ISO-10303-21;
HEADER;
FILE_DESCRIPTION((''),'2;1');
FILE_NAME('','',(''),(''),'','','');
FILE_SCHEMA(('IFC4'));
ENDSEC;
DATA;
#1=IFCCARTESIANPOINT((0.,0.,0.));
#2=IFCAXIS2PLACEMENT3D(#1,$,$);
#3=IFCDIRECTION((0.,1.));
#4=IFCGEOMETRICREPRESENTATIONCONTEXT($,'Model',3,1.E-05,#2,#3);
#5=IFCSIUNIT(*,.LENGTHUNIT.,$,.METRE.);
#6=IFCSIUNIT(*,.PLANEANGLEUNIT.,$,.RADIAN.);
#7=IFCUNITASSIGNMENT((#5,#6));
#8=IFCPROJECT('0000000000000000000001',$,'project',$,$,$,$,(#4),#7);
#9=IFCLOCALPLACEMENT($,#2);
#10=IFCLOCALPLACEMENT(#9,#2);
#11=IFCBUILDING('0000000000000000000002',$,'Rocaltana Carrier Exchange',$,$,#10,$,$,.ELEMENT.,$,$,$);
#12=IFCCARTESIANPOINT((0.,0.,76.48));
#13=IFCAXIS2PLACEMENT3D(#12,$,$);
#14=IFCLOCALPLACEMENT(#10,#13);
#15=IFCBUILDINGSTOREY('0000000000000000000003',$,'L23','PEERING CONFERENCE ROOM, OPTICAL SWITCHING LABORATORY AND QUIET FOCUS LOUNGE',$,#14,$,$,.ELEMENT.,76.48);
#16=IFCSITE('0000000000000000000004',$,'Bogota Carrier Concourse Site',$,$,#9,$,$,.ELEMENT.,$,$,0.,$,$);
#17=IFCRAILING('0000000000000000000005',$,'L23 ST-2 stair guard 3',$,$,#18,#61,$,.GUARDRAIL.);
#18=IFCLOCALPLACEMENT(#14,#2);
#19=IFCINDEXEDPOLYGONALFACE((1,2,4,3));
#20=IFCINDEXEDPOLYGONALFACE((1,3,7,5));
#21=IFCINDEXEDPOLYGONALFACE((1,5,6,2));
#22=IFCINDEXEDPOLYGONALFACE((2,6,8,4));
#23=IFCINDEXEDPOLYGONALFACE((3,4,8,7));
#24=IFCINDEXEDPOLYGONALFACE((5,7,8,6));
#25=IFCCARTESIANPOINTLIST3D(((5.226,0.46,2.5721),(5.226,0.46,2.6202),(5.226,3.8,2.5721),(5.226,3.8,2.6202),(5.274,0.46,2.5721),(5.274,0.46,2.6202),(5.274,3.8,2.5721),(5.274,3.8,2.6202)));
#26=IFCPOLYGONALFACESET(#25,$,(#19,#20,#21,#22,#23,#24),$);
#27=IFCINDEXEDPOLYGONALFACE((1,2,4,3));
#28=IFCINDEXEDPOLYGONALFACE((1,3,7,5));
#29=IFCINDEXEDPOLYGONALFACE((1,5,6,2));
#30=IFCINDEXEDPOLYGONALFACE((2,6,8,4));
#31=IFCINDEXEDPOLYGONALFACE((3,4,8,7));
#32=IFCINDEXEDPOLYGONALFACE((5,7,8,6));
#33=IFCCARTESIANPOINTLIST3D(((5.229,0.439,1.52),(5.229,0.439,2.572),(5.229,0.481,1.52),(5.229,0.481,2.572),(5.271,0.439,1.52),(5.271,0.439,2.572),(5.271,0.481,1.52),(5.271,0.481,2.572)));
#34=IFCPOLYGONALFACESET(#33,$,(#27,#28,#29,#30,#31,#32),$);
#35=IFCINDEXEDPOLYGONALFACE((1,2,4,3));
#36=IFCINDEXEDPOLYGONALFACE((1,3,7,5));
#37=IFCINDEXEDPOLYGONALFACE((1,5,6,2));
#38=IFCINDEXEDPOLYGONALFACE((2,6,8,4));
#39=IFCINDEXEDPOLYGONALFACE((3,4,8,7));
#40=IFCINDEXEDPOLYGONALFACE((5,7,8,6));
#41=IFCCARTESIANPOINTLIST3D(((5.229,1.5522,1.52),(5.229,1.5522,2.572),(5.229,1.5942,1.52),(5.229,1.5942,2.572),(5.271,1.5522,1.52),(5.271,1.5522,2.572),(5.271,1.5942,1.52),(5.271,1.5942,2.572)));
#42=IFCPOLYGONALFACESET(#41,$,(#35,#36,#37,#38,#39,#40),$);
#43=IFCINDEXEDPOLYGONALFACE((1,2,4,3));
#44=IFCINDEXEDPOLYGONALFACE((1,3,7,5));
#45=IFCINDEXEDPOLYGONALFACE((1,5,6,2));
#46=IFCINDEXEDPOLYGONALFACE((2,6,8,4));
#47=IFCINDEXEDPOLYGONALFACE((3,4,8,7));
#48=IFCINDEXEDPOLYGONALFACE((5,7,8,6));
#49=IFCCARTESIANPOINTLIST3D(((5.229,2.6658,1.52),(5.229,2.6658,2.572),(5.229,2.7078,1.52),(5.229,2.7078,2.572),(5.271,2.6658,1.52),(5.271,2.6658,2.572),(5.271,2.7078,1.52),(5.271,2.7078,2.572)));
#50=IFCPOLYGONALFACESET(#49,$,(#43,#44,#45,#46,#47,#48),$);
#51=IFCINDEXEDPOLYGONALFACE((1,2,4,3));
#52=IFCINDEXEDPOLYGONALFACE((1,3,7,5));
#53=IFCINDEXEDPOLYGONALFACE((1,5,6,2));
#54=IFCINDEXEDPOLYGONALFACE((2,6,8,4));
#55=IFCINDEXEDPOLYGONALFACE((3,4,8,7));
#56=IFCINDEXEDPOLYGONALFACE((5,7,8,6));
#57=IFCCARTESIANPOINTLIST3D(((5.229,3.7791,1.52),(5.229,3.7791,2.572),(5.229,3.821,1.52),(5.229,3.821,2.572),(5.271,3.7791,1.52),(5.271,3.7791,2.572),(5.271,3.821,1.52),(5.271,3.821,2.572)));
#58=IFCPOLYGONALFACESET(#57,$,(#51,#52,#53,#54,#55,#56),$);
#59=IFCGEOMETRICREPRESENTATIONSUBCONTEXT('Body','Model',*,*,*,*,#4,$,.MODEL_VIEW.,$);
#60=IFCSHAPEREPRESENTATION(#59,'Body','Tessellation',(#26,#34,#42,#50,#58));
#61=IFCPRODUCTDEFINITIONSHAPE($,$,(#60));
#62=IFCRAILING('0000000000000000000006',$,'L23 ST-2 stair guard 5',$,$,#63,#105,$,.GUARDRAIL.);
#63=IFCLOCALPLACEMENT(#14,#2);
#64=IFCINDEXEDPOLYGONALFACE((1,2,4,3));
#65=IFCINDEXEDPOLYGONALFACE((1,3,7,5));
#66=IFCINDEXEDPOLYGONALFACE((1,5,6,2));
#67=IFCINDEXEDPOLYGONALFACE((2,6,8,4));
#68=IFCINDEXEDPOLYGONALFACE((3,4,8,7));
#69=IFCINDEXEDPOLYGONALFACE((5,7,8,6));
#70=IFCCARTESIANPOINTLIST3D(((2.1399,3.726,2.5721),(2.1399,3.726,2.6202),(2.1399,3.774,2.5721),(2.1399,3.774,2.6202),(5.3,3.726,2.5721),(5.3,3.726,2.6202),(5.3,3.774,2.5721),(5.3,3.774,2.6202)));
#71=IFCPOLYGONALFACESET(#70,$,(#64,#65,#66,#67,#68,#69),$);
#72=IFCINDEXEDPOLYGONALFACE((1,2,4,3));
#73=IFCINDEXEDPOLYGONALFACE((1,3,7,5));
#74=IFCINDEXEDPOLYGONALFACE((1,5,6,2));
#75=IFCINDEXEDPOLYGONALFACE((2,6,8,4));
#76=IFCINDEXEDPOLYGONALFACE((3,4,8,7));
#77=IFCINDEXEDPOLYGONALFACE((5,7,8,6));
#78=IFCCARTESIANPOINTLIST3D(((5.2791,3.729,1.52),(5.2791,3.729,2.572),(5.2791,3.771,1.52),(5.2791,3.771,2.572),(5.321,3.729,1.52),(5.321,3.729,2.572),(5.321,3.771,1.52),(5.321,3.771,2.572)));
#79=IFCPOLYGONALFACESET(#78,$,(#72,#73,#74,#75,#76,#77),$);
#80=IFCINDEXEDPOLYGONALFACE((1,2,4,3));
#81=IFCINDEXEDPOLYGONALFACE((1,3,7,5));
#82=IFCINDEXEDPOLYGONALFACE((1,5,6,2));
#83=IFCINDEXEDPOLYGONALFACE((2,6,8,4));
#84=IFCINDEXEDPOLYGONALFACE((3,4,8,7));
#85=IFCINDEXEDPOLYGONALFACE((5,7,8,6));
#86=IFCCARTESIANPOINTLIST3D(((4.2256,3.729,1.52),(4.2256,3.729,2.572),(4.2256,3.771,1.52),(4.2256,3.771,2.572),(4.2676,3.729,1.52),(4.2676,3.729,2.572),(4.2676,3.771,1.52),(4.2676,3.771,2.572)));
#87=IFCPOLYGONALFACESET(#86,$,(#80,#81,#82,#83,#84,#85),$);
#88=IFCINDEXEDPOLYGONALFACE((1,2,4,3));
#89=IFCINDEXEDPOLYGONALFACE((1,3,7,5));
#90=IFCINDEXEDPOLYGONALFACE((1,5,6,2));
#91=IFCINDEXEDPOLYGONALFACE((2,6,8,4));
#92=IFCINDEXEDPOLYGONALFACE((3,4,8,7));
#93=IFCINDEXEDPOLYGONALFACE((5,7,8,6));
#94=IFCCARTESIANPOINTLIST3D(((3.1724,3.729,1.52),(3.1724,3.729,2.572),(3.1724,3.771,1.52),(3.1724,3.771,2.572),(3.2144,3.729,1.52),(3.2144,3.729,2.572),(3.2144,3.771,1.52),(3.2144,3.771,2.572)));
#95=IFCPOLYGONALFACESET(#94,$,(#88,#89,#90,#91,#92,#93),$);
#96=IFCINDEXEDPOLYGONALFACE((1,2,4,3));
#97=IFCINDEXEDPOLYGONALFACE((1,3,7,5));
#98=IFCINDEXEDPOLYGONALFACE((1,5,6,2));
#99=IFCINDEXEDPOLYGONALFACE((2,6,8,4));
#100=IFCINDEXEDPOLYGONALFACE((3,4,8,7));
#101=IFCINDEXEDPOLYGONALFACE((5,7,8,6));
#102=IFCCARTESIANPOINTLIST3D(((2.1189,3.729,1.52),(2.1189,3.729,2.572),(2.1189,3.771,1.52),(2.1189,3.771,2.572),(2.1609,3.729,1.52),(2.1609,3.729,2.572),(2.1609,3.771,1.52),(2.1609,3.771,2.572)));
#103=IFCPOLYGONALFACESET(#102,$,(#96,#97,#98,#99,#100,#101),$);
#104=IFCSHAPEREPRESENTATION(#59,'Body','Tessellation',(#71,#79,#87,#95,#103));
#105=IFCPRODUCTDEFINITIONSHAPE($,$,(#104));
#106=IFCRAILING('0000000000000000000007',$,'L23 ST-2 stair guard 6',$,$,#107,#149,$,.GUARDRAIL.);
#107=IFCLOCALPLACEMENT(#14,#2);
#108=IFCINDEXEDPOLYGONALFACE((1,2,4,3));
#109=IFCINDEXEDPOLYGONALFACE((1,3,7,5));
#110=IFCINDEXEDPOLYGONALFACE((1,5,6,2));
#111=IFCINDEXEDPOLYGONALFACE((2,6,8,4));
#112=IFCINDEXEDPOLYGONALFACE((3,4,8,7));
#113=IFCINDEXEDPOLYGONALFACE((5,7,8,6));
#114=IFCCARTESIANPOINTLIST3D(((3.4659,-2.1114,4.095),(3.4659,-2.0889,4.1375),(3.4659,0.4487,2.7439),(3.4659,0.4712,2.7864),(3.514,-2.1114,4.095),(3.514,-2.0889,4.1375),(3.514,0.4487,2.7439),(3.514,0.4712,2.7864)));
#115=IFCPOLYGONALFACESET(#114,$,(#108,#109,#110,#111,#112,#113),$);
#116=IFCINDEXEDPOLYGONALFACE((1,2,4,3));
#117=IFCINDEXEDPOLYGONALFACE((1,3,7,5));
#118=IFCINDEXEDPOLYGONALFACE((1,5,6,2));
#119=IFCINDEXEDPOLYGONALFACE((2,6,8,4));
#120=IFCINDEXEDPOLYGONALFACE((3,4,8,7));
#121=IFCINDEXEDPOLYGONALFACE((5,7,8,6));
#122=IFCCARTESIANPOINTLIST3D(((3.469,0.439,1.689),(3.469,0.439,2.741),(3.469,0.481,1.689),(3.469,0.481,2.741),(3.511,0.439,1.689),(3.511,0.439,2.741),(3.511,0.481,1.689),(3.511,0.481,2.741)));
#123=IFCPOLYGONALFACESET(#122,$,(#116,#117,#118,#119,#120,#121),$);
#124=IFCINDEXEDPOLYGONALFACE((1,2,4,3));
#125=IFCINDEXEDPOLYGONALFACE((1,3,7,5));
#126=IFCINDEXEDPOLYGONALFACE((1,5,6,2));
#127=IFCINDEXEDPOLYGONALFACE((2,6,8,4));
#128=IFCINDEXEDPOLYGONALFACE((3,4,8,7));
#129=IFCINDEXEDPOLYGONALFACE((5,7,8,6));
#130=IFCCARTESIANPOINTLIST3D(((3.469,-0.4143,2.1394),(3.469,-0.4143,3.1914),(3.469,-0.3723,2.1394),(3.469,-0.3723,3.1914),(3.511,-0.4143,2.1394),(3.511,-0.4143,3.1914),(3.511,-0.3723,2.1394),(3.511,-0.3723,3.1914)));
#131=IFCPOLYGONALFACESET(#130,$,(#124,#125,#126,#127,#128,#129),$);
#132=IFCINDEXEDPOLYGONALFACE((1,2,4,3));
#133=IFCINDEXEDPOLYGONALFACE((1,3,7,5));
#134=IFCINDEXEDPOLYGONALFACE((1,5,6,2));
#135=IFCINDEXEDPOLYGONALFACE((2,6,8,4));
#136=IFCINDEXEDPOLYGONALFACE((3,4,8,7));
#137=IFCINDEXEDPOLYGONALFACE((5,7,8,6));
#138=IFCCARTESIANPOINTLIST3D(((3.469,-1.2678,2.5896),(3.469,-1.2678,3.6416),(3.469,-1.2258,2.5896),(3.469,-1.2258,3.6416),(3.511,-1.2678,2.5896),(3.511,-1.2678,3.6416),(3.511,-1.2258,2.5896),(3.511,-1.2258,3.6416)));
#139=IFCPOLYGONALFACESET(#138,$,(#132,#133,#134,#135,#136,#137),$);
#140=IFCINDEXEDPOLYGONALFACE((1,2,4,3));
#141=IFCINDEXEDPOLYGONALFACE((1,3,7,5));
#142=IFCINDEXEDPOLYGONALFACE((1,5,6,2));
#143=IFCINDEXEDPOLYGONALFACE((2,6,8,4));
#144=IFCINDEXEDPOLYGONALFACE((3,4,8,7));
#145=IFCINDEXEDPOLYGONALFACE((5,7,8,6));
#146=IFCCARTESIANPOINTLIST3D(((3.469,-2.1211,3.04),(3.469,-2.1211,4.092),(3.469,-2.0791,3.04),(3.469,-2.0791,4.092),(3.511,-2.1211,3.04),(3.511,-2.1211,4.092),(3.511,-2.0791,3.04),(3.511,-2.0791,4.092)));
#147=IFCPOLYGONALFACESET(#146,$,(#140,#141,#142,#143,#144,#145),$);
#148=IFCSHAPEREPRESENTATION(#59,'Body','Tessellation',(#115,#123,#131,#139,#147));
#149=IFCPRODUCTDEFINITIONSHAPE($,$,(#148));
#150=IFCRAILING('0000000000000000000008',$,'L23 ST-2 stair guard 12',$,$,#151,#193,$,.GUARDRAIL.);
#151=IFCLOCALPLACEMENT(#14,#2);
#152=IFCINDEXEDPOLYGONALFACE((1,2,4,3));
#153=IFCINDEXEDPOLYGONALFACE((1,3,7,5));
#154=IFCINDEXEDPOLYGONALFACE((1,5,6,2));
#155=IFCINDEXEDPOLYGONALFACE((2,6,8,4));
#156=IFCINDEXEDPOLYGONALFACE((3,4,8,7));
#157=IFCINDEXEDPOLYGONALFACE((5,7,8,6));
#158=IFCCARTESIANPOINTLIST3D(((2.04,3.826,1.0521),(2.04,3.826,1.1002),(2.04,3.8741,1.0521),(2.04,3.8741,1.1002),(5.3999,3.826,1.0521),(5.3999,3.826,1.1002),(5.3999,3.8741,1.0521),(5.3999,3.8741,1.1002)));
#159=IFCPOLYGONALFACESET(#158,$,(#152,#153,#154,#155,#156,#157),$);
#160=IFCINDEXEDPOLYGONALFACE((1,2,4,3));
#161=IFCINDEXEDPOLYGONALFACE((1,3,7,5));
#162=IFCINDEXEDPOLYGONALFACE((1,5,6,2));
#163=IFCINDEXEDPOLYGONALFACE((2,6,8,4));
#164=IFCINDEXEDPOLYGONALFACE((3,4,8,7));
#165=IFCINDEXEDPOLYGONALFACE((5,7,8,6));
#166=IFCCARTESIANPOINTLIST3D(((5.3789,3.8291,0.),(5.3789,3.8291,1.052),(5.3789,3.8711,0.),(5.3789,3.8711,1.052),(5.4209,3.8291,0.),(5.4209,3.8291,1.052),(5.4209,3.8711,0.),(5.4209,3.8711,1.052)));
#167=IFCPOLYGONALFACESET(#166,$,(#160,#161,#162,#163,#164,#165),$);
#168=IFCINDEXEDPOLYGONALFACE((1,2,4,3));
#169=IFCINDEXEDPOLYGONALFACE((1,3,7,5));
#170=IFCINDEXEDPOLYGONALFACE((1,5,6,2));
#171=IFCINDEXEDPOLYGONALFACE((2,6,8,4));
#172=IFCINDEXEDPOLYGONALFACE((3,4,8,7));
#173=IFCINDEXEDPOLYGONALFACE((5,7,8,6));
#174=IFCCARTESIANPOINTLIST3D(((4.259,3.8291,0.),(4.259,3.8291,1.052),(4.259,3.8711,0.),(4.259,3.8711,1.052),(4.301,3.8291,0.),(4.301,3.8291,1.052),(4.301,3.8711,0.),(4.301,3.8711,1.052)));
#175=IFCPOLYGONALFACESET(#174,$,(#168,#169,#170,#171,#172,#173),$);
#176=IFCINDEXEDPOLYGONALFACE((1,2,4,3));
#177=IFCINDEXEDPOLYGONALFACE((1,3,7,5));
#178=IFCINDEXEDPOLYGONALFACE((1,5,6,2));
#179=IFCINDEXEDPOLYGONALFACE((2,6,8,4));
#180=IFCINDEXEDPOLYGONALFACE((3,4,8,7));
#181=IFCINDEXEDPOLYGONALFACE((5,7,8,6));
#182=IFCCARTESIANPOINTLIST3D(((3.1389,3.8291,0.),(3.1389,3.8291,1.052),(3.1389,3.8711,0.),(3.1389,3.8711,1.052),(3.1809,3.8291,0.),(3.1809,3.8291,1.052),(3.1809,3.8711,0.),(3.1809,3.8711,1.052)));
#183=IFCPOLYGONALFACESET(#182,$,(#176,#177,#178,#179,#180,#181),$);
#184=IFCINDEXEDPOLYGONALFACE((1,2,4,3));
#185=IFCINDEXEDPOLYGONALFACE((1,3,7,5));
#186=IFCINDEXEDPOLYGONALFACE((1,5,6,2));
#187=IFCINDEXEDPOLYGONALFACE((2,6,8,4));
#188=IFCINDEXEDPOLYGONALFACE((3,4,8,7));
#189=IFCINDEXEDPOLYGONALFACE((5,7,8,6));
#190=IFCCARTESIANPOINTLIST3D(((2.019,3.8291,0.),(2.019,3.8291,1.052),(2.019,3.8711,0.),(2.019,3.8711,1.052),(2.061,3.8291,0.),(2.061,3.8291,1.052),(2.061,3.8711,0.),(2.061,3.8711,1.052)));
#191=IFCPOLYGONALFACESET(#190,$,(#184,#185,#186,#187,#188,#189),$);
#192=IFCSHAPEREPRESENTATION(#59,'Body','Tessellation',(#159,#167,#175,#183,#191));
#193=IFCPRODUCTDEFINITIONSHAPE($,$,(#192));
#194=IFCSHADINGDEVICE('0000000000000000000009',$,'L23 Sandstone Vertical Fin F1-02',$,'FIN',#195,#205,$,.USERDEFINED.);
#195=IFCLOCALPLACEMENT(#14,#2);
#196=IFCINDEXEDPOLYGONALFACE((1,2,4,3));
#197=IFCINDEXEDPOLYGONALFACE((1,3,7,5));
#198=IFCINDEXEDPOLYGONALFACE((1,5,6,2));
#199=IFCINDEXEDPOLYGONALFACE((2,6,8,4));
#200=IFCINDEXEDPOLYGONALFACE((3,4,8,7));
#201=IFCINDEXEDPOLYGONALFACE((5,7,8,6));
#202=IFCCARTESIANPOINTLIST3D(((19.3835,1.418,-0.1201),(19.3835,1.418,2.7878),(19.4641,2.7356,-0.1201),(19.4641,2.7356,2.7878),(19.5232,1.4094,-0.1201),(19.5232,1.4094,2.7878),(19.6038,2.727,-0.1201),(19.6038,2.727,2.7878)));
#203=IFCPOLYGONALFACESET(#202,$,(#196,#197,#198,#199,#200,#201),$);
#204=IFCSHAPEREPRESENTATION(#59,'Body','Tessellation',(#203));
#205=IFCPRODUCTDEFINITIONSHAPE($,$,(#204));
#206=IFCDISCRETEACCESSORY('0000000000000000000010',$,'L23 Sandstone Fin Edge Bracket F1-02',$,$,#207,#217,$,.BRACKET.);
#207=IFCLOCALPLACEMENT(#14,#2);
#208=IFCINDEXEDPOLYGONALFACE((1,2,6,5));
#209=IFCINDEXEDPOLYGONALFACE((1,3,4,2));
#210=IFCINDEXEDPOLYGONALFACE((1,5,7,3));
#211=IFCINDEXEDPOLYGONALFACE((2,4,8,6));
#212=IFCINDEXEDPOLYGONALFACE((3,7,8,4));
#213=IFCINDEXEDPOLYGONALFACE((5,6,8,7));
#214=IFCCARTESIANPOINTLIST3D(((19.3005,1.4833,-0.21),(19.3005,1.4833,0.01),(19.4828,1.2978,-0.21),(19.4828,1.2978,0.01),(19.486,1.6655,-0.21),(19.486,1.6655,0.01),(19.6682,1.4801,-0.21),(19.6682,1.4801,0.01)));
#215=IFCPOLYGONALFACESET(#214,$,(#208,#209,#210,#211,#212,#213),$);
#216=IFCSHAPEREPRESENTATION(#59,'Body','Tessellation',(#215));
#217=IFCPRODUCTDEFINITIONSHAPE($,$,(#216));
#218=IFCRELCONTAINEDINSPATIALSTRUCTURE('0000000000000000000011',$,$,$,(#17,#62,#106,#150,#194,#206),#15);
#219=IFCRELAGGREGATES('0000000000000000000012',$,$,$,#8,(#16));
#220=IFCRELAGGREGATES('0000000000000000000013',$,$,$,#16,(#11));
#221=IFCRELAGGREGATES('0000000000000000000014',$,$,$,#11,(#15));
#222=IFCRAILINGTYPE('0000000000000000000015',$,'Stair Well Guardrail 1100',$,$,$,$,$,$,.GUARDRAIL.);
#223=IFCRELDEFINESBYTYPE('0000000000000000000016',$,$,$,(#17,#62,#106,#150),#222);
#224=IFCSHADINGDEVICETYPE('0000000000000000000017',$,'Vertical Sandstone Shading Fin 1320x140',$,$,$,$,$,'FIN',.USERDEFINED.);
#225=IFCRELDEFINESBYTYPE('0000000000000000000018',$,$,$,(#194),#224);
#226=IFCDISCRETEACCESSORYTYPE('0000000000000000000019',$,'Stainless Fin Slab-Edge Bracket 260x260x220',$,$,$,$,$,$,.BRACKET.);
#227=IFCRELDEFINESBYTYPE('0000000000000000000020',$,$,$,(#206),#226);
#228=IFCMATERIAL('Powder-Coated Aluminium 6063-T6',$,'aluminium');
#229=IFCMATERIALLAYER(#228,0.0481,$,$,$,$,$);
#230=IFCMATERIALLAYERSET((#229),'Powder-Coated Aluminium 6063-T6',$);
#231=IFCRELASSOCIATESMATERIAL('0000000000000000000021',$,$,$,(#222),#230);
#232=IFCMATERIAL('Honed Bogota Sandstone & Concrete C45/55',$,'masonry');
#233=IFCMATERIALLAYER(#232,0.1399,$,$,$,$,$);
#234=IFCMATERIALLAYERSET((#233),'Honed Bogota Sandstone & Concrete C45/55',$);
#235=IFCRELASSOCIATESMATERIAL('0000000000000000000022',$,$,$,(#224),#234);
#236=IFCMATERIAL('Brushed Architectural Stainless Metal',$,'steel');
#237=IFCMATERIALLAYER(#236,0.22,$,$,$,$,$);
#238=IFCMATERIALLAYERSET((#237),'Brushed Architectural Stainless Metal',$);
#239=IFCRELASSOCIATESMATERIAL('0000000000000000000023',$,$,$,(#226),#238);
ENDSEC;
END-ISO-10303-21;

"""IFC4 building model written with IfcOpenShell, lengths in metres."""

from ifc_helpers import new_model, si_unit, direction, frame, origin, origin_2d, place, context, subcontext, project, spatial, rectangle, extrude, material, layer, layer_set, type_object, element, save


model = new_model("IFC4")

# Units and contexts
model_context = context("Model", 3, precision=1e-05, world=origin(), true_north=direction((0.0, 1.0)))
body_context = subcontext(model_context, "Body", "Model", "MODEL_VIEW")
ifc_project = project(units=[si_unit("LENGTHUNIT", "METRE"), si_unit("PLANEANGLEUNIT", "RADIAN")], contexts=[model_context])

# Site, building, storey
site_placement = place(None, origin())
site = spatial("IfcSite", under=ifc_project, at=site_placement, Name="Bogota Carrier Concourse Site", CompositionType="ELEMENT", RefElevation=0.0)
building_placement = place(site_placement, origin())
building = spatial("IfcBuilding", under=site, at=building_placement, Name="Rocaltana Carrier Exchange", CompositionType="ELEMENT")
storey_placement = place(building_placement, frame((0.0, 0.0, 76.48)))
storey = spatial("IfcBuildingStorey", under=building, at=storey_placement, Name="L23", Description="PEERING CONFERENCE ROOM, OPTICAL SWITCHING LABORATORY AND QUIET FOCUS LOUNGE", CompositionType="ELEMENT", Elevation=76.48)

# Railings
ifc_material_1 = material(Name="Powder-Coated Aluminium 6063-T6", Category="aluminium")
ifc_layer_1 = layer(ifc_material_1, 0.0481)
ifc_layer_set_1 = layer_set([ifc_layer_1], Name="Powder-Coated Aluminium 6063-T6")
railing_type_1 = type_object("IfcRailingType", Name="Stair Well Guardrail 1100", PredefinedType="GUARDRAIL", material=ifc_layer_set_1)
railing_1_placement = place(storey_placement, frame((5.25, 0.46, 1.52)))
element("IfcRailing", 1, at=railing_1_placement, inside=storey, type_object=railing_type_1, Name="L23 ST-2 stair guard 3", PredefinedType="GUARDRAIL", context=body_context, shape_type="SweptSolid", body=[
    extrude(rectangle(XDim=0.0481, YDim=0.0481, at=origin_2d()), frame((0.0, 0.0, 1.0762), z_axis=(0.0, 1.0, 0.0), x_axis=(-1.0, 0.0, 0.0)), (0.0, 0.0, 1.0), 3.3401),
    extrude(rectangle(XDim=0.042, YDim=0.042, at=origin_2d()), origin(), (0.0, 0.0, 1.0), 1.052),
    extrude(rectangle(XDim=0.042, YDim=0.042, at=origin_2d()), frame((0.0, 1.1133, 0.0)), (0.0, 0.0, 1.0), 1.052),
    extrude(rectangle(XDim=0.042, YDim=0.042, at=origin_2d()), frame((0.0, 2.2268, 0.0)), (0.0, 0.0, 1.0), 1.052),
    extrude(rectangle(XDim=0.042, YDim=0.042, at=origin_2d()), frame((0.0, 3.3401, 0.0)), (0.0, 0.0, 1.0), 1.052),
])
railing_2_placement = place(storey_placement, frame((5.3, 3.75, 1.52)))
element("IfcRailing", 2, at=railing_2_placement, inside=storey, type_object=railing_type_1, Name="L23 ST-2 stair guard 5", PredefinedType="GUARDRAIL", context=body_context, shape_type="SweptSolid", body=[
    extrude(rectangle(XDim=0.0481, YDim=0.0481, at=origin_2d()), frame((0.0, 0.0, 1.0762), z_axis=(-1.0, 0.0, 0.0), x_axis=(0.0, -1.0, 0.0)), (0.0, 0.0, 1.0), 3.1602),
    extrude(rectangle(XDim=0.042, YDim=0.042, at=origin_2d()), origin(), (0.0, 0.0, 1.0), 1.052),
    extrude(rectangle(XDim=0.042, YDim=0.042, at=origin_2d()), frame((-1.0535, 0.0, 0.0)), (0.0, 0.0, 1.0), 1.052),
    extrude(rectangle(XDim=0.042, YDim=0.042, at=origin_2d()), frame((-2.1067, 0.0, 0.0)), (0.0, 0.0, 1.0), 1.052),
    extrude(rectangle(XDim=0.042, YDim=0.042, at=origin_2d()), frame((-3.1602, 0.0, 0.0)), (0.0, 0.0, 1.0), 1.052),
])
railing_3_placement = place(storey_placement, frame((3.49, 0.46, 1.689)))
element("IfcRailing", 3, at=railing_3_placement, inside=storey, type_object=railing_type_1, Name="L23 ST-2 stair guard 6", PredefinedType="GUARDRAIL", context=body_context, shape_type="SweptSolid", body=[
    extrude(rectangle(XDim=0.0481, YDim=0.0481, at=origin_2d()), frame((0.0, 0.0, 1.0762), z_axis=(0.0, -0.884394, 0.46674), x_axis=(1.0, 0.0, 0.0)), (0.0, 0.0, 1.0), 2.8948),
    extrude(rectangle(XDim=0.042, YDim=0.042, at=origin_2d()), origin(), (0.0, 0.0, 1.0), 1.052),
    extrude(rectangle(XDim=0.042, YDim=0.042, at=origin_2d()), frame((0.0, -0.8533, 0.4504)), (0.0, 0.0, 1.0), 1.052),
    extrude(rectangle(XDim=0.042, YDim=0.042, at=origin_2d()), frame((0.0, -1.7068, 0.9006)), (0.0, 0.0, 1.0), 1.052),
    extrude(rectangle(XDim=0.042, YDim=0.042, at=origin_2d()), frame((0.0, -2.5601, 1.3511)), (0.0, 0.0, 1.0), 1.052),
])
railing_4_placement = place(storey_placement, frame((5.3999, 3.8501, 0.0)))
element("IfcRailing", 4, at=railing_4_placement, inside=storey, type_object=railing_type_1, Name="L23 ST-2 stair guard 12", PredefinedType="GUARDRAIL", context=body_context, shape_type="SweptSolid", body=[
    extrude(rectangle(XDim=0.0481, YDim=0.0481, at=origin_2d()), frame((0.0, 0.0, 1.0762), z_axis=(-1.0, 0.0, 0.0), x_axis=(0.0, -1.0, 0.0)), (0.0, 0.0, 1.0), 3.3599),
    extrude(rectangle(XDim=0.042, YDim=0.042, at=origin_2d()), origin(), (0.0, 0.0, 1.0), 1.052),
    extrude(rectangle(XDim=0.042, YDim=0.042, at=origin_2d()), frame((-1.1199, 0.0, 0.0)), (0.0, 0.0, 1.0), 1.052),
    extrude(rectangle(XDim=0.042, YDim=0.042, at=origin_2d()), frame((-2.24, 0.0, 0.0)), (0.0, 0.0, 1.0), 1.052),
    extrude(rectangle(XDim=0.042, YDim=0.042, at=origin_2d()), frame((-3.3599, 0.0, 0.0)), (0.0, 0.0, 1.0), 1.052),
])

# Shading device
ifc_material_2 = material(Name="Honed Bogota Sandstone & Concrete C45/55", Category="masonry")
ifc_layer_2 = layer(ifc_material_2, 0.1399)
ifc_layer_set_2 = layer_set([ifc_layer_2], Name="Honed Bogota Sandstone & Concrete C45/55")
shading_device_type = type_object("IfcShadingDeviceType", Name="Vertical Sandstone Shading Fin 1320x140", ElementType="FIN", PredefinedType="USERDEFINED", material=ifc_layer_set_2)
shading_device_placement = place(storey_placement, frame((19.4937, 2.0725, -0.1201), z_axis=(0.0, 0.0, 1.0), x_axis=(0.061049, 0.998135, 0.0)))
element("IfcShadingDevice", 5, at=shading_device_placement, inside=storey, type_object=shading_device_type, Name="L23 Sandstone Vertical Fin F1-02", ObjectType="FIN", PredefinedType="USERDEFINED", context=body_context, shape_type="SweptSolid", body=[
    extrude(rectangle(XDim=1.3201, YDim=0.1399, at=origin_2d()), origin(), (0.0, 0.0, 1.0), 2.908),
])

# Discrete accessory
ifc_material_3 = material(Name="Brushed Architectural Stainless Metal", Category="steel")
ifc_layer_3 = layer(ifc_material_3, 0.22)
ifc_layer_set_3 = layer_set([ifc_layer_3], Name="Brushed Architectural Stainless Metal")
discrete_accessory_type = type_object("IfcDiscreteAccessoryType", Name="Stainless Fin Slab-Edge Bracket 260x260x220", PredefinedType="BRACKET", material=ifc_layer_set_3)
discrete_accessory_placement = place(storey_placement, frame((19.4844, 1.4817, -0.21), z_axis=(0.0, 0.0, 1.0), x_axis=(-0.700909, 0.71325, 0.0)))
element("IfcDiscreteAccessory", 6, at=discrete_accessory_placement, inside=storey, type_object=discrete_accessory_type, Name="L23 Sandstone Fin Edge Bracket F1-02", PredefinedType="BRACKET", context=body_context, shape_type="SweptSolid", body=[
    extrude(rectangle(XDim=0.26, YDim=0.26, at=origin_2d()), origin(), (0.0, 0.0, 1.0), 0.22),
])

save(model, "model.ifc")
